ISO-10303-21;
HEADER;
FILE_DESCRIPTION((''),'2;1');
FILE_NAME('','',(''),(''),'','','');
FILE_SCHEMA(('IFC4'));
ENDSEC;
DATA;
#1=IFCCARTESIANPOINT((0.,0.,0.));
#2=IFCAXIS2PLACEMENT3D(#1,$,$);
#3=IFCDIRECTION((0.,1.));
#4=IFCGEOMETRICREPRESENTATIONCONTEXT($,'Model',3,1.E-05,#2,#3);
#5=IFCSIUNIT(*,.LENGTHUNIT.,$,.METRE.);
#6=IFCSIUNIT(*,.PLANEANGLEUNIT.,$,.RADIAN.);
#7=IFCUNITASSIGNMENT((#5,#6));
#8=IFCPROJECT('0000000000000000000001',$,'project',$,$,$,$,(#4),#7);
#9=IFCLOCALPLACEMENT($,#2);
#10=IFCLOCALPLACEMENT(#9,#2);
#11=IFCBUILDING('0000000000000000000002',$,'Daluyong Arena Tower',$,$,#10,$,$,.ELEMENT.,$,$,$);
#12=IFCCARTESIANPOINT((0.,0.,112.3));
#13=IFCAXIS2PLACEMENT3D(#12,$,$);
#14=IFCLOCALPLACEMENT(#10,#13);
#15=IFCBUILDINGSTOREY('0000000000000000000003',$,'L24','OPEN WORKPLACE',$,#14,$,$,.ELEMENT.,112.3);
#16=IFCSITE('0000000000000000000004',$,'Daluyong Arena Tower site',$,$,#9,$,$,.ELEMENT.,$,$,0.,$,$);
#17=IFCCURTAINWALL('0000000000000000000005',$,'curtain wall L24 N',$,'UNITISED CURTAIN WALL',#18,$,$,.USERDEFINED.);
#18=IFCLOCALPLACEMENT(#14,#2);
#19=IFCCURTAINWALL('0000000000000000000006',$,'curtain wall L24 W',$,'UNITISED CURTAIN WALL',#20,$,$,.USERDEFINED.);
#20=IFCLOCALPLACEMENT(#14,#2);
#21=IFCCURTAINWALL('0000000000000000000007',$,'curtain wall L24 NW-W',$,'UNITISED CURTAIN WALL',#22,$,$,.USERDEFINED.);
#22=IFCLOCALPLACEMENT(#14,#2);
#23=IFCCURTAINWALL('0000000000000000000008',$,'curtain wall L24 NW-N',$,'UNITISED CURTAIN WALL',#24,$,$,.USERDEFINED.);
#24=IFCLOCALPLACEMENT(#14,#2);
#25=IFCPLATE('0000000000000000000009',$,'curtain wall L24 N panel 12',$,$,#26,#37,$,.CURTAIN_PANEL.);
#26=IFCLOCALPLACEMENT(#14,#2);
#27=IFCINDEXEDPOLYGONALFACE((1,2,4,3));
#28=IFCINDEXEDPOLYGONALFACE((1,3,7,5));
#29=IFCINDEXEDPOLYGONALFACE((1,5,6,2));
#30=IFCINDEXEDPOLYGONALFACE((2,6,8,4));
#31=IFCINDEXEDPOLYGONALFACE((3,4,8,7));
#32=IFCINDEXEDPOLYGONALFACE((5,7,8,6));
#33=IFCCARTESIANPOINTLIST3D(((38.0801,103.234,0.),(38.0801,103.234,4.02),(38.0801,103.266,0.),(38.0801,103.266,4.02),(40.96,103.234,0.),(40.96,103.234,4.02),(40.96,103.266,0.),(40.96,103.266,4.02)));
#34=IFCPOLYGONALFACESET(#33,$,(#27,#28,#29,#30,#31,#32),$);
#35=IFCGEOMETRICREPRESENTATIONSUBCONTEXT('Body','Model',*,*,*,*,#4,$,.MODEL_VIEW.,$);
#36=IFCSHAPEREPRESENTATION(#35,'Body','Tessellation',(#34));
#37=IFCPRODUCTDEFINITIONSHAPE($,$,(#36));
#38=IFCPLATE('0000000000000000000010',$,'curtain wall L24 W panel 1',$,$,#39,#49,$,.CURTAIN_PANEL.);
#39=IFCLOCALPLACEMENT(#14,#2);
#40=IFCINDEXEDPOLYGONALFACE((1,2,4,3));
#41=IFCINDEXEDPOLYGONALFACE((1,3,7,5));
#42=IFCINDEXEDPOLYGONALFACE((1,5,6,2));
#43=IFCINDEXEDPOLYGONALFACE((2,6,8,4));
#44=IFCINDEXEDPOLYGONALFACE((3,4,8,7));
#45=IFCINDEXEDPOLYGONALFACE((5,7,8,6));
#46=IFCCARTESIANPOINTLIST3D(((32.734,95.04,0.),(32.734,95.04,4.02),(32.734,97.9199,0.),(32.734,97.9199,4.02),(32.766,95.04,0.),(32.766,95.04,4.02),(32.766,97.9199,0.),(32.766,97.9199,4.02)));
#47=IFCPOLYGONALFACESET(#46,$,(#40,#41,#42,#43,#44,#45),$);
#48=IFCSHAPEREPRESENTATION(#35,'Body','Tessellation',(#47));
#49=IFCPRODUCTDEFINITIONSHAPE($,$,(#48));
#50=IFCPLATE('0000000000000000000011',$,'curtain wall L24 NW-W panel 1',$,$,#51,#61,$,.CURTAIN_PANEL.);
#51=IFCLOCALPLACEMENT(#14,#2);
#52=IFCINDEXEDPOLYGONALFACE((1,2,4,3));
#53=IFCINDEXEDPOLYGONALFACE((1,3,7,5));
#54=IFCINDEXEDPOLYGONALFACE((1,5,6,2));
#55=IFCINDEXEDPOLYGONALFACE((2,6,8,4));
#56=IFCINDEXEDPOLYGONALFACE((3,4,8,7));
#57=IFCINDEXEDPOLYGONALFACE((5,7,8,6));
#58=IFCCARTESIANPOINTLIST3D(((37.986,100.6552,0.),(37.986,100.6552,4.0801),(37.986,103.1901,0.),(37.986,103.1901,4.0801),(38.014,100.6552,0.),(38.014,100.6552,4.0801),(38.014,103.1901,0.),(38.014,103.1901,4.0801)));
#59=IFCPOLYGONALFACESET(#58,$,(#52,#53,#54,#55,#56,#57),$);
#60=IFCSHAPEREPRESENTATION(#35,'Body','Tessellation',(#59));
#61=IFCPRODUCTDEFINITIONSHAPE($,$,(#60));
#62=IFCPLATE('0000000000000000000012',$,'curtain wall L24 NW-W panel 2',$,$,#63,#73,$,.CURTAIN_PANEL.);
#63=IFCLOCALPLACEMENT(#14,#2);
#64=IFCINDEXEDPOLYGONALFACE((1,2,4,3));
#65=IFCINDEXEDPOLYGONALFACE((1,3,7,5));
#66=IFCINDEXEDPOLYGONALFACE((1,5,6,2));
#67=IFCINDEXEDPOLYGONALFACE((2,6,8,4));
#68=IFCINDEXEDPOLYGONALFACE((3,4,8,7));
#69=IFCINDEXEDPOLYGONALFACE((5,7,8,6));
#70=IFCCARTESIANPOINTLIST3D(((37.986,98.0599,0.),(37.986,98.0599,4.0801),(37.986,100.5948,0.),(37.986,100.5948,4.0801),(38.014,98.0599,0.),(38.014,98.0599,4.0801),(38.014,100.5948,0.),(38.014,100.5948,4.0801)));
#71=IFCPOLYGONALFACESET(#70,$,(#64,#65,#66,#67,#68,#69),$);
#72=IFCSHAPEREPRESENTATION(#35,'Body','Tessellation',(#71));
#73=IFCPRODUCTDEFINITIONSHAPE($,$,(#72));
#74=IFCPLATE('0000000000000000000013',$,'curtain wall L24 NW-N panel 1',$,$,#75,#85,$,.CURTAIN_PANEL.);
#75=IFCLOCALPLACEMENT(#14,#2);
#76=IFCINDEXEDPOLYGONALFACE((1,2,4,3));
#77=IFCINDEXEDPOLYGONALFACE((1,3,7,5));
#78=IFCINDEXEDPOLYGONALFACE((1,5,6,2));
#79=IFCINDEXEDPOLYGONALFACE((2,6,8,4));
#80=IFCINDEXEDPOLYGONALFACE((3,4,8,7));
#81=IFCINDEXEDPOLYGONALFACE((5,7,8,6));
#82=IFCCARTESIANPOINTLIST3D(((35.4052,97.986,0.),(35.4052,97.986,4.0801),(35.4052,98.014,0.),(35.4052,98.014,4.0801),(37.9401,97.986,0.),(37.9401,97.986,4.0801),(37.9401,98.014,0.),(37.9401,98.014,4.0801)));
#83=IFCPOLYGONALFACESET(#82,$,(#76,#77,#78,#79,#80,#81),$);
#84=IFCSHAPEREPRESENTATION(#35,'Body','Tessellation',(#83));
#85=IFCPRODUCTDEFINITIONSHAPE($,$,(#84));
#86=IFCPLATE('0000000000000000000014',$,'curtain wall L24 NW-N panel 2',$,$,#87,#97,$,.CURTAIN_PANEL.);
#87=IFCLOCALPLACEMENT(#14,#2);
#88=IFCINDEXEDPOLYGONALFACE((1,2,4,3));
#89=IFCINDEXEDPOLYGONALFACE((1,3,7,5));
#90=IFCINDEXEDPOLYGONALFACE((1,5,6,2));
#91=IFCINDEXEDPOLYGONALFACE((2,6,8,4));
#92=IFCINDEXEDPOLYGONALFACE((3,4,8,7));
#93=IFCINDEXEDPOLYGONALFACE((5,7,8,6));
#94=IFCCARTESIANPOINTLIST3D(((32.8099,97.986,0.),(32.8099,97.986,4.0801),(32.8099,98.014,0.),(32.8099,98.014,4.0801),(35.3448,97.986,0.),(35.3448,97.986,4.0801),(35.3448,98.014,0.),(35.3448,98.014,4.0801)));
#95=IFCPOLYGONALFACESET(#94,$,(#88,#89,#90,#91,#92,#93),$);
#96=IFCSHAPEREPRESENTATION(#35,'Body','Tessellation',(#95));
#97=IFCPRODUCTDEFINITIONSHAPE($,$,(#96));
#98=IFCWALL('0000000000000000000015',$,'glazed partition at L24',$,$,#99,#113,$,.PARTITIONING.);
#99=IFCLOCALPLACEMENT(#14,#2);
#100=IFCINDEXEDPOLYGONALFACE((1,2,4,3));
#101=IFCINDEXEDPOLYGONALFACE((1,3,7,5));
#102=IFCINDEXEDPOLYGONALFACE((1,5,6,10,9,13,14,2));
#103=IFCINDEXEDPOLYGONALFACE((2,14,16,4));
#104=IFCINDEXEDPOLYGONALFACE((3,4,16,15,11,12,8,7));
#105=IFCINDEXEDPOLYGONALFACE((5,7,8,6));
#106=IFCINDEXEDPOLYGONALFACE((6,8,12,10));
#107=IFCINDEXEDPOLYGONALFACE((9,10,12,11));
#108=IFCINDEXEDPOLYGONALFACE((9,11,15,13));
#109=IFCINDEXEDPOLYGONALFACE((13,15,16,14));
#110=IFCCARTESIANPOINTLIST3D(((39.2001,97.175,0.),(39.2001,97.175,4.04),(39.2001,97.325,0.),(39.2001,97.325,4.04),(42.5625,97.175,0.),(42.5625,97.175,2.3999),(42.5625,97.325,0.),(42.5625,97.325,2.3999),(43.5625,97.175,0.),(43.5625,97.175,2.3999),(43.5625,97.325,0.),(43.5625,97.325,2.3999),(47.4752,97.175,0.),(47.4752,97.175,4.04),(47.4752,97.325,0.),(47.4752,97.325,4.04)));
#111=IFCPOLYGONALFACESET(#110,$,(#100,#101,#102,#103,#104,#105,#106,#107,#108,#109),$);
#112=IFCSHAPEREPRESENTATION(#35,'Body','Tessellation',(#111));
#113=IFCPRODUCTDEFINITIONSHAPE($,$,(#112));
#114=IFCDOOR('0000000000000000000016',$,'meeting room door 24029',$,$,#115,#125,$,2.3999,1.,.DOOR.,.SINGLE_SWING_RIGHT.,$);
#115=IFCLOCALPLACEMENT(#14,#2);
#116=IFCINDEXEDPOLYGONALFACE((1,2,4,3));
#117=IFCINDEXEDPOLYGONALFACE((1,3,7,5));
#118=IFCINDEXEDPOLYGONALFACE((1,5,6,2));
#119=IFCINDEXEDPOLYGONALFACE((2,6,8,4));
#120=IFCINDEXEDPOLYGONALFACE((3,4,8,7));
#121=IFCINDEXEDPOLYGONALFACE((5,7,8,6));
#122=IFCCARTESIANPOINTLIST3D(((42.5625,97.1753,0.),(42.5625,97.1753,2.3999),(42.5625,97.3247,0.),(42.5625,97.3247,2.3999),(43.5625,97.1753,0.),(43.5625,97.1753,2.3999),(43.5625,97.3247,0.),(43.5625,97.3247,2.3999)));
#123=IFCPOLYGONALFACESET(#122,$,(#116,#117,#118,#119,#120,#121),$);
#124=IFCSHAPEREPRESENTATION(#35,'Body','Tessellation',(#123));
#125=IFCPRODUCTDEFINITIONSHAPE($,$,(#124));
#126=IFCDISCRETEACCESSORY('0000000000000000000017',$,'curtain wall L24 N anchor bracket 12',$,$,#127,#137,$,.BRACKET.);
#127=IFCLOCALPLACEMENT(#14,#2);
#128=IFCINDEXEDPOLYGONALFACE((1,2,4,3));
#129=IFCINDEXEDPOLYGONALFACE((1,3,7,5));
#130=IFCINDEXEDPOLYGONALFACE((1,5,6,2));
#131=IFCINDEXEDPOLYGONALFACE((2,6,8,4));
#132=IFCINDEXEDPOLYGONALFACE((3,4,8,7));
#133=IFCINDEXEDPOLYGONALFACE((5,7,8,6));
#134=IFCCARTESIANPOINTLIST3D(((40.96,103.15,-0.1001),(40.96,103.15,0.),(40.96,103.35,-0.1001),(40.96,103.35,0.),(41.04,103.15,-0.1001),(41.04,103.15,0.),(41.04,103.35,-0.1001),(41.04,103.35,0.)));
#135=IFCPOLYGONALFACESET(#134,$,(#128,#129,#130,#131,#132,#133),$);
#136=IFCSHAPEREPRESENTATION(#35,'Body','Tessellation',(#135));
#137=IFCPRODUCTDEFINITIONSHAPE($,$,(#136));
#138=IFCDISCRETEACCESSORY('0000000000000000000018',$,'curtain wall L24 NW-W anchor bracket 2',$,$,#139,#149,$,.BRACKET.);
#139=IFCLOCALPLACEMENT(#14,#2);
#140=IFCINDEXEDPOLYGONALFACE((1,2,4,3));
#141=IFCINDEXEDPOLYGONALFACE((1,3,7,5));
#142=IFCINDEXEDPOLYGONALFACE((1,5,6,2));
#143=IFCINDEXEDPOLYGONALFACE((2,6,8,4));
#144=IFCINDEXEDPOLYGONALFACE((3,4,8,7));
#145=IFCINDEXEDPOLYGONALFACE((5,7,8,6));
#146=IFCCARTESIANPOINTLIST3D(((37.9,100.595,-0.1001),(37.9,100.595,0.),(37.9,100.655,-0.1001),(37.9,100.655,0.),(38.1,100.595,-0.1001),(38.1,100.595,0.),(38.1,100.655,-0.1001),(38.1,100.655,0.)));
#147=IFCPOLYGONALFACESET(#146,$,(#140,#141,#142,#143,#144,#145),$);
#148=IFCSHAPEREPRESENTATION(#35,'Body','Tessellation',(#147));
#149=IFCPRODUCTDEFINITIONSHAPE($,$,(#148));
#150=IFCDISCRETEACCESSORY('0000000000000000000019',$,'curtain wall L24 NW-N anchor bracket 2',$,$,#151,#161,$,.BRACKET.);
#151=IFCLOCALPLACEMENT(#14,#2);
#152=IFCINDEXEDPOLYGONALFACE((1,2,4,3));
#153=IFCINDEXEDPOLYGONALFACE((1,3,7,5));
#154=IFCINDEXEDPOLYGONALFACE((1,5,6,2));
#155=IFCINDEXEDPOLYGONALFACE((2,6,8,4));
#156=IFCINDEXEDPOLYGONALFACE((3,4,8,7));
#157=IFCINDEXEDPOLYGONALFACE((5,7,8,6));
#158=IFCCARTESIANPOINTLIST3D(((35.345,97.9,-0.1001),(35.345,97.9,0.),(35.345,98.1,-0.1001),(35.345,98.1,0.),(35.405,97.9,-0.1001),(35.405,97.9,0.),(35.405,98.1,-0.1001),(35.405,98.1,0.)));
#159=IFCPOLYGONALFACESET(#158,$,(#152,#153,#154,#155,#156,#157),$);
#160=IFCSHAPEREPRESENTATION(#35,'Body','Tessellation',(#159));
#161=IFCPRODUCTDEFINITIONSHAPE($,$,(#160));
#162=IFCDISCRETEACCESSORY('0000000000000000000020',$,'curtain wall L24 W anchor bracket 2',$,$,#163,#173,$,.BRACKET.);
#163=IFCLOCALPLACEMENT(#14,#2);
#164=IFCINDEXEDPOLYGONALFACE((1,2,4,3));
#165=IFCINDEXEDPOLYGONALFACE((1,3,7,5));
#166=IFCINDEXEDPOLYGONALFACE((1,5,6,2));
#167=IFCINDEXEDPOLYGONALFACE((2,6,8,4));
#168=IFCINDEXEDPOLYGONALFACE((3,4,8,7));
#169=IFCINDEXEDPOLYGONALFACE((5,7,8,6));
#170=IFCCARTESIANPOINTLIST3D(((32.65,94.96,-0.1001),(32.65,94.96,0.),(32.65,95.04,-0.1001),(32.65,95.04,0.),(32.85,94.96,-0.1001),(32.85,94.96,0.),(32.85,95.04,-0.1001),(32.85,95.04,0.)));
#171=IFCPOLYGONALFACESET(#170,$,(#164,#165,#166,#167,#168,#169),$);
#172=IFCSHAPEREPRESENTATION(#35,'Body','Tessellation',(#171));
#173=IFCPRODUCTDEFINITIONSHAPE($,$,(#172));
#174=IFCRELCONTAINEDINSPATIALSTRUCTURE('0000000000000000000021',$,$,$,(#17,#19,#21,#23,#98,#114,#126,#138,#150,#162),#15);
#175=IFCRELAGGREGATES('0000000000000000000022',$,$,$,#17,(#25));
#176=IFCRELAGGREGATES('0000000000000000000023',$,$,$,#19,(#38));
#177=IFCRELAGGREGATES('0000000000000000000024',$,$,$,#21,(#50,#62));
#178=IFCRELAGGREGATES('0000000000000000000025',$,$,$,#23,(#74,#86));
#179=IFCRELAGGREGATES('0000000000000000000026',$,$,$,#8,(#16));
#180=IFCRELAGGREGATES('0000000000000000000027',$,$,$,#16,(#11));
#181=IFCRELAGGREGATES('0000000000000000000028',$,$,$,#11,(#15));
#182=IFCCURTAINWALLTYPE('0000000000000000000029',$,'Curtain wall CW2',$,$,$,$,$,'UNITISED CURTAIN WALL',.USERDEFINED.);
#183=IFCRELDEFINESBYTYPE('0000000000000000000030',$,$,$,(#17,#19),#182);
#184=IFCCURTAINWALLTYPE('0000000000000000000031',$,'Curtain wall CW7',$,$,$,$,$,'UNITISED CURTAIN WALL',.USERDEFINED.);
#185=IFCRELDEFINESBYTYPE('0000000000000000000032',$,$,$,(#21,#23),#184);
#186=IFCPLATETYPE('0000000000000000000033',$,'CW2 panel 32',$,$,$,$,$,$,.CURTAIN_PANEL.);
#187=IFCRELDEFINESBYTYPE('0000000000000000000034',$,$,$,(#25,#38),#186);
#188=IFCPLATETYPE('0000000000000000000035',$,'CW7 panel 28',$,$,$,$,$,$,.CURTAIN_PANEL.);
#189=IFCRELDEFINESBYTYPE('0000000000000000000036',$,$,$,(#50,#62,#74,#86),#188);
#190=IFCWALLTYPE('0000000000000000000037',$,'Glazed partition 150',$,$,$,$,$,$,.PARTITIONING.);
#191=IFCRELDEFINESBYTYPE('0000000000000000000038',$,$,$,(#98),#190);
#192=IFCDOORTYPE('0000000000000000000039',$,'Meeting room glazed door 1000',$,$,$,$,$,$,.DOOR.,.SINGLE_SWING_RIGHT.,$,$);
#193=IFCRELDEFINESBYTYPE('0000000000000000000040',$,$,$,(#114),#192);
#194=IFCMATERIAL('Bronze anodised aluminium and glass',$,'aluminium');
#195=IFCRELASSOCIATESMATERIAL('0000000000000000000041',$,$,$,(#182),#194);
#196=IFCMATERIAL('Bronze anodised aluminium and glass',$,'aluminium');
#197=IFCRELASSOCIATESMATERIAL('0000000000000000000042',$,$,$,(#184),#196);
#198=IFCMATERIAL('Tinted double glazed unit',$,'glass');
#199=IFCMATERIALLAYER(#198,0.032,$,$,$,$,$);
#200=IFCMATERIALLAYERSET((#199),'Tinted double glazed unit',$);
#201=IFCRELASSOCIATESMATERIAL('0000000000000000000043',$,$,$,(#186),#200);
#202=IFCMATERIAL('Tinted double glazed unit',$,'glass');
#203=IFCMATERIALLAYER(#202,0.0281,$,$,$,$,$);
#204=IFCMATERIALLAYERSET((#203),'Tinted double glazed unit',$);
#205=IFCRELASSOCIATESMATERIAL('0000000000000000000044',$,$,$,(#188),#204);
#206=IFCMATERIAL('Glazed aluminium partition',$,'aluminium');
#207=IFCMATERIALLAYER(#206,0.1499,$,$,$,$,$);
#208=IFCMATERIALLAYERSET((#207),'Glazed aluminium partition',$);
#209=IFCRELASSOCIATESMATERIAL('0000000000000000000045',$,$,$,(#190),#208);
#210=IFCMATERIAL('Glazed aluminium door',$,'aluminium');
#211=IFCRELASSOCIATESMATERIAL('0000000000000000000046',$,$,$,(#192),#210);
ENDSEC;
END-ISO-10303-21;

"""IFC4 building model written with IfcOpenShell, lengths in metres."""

from ifc_helpers import new_model, si_unit, direction, frame, frame_2d, origin, origin_2d, place, context, subcontext, project, spatial, rectangle, extrude, material, layer, layer_set, type_object, element, fill, aggregate, save


model = new_model("IFC4")

# Units and contexts
model_context = context("Model", 3, precision=1e-05, world=origin(), true_north=direction((0.0, 1.0)))
body_context = subcontext(model_context, "Body", "Model", "MODEL_VIEW")
ifc_project = project(units=[si_unit("LENGTHUNIT", "METRE"), si_unit("PLANEANGLEUNIT", "RADIAN")], contexts=[model_context])

# Site, building, storey
site_placement = place(None, origin())
site = spatial("IfcSite", under=ifc_project, at=site_placement, Name="Daluyong Arena Tower site", CompositionType="ELEMENT", RefElevation=0.0)
building_placement = place(site_placement, origin())
building = spatial("IfcBuilding", under=site, at=building_placement, Name="Daluyong Arena Tower", CompositionType="ELEMENT")
storey_placement = place(building_placement, frame((0.0, 0.0, 112.3)))
storey = spatial("IfcBuildingStorey", under=building, at=storey_placement, Name="L24", Description="OPEN WORKPLACE", CompositionType="ELEMENT", Elevation=112.3)

# Curtain walls
ifc_material_1 = material(Name="Bronze anodised aluminium and glass", Category="aluminium")
curtain_wall_type_1 = type_object("IfcCurtainWallType", Name="Curtain wall CW2", ElementType="UNITISED CURTAIN WALL", PredefinedType="USERDEFINED", material=ifc_material_1)
curtain_wall_1_placement = place(storey_placement, origin())
curtain_wall_1 = element("IfcCurtainWall", 1, at=curtain_wall_1_placement, inside=storey, type_object=curtain_wall_type_1, Name="curtain wall L24 N", ObjectType="UNITISED CURTAIN WALL", PredefinedType="USERDEFINED")
curtain_wall_2_placement = place(storey_placement, origin())
curtain_wall_2 = element("IfcCurtainWall", 2, at=curtain_wall_2_placement, inside=storey, type_object=curtain_wall_type_1, Name="curtain wall L24 W", ObjectType="UNITISED CURTAIN WALL", PredefinedType="USERDEFINED")

# Curtain walls
ifc_material_2 = material(Name="Bronze anodised aluminium and glass", Category="aluminium")
curtain_wall_type_2 = type_object("IfcCurtainWallType", Name="Curtain wall CW7", ElementType="UNITISED CURTAIN WALL", PredefinedType="USERDEFINED", material=ifc_material_2)
curtain_wall_3_placement = place(storey_placement, origin())
curtain_wall_3 = element("IfcCurtainWall", 3, at=curtain_wall_3_placement, inside=storey, type_object=curtain_wall_type_2, Name="curtain wall L24 NW-W", ObjectType="UNITISED CURTAIN WALL", PredefinedType="USERDEFINED")
curtain_wall_4_placement = place(storey_placement, origin())
curtain_wall_4 = element("IfcCurtainWall", 4, at=curtain_wall_4_placement, inside=storey, type_object=curtain_wall_type_2, Name="curtain wall L24 NW-N", ObjectType="UNITISED CURTAIN WALL", PredefinedType="USERDEFINED")

# Plates
ifc_material_3 = material(Name="Tinted double glazed unit", Category="glass")
ifc_layer_1 = layer(ifc_material_3, 0.032)
ifc_layer_set_1 = layer_set([ifc_layer_1], Name="Tinted double glazed unit")
plate_type_1 = type_object("IfcPlateType", Name="CW2 panel 32", PredefinedType="CURTAIN_PANEL", material=ifc_layer_set_1)
plate_1_placement = place(storey_placement, frame((39.52, 103.25, 0.0), z_axis=(0.0, 0.0, 1.0), x_axis=(-1.0, 0.0, 0.0)))
plate_1 = element("IfcPlate", 5, at=plate_1_placement, type_object=plate_type_1, Name="curtain wall L24 N panel 12", PredefinedType="CURTAIN_PANEL", context=body_context, shape_type="SweptSolid", body=[
    extrude(rectangle(XDim=2.8799, YDim=0.032, at=origin_2d()), origin(), (0.0, 0.0, 1.0), 4.02),
])
aggregate(curtain_wall_1, [plate_1])
plate_2_placement = place(storey_placement, frame((32.75, 96.48, 0.0), z_axis=(0.0, 0.0, 1.0), x_axis=(0.0, -1.0, 0.0)))
plate_2 = element("IfcPlate", 6, at=plate_2_placement, type_object=plate_type_1, Name="curtain wall L24 W panel 1", PredefinedType="CURTAIN_PANEL", context=body_context, shape_type="SweptSolid", body=[
    extrude(rectangle(XDim=2.8799, YDim=0.032, at=origin_2d()), origin(), (0.0, 0.0, 1.0), 4.02),
])
aggregate(curtain_wall_2, [plate_2])
ifc_material_4 = material(Name="Tinted double glazed unit", Category="glass")
ifc_layer_2 = layer(ifc_material_4, 0.0281)
ifc_layer_set_2 = layer_set([ifc_layer_2], Name="Tinted double glazed unit")
plate_type_2 = type_object("IfcPlateType", Name="CW7 panel 28", PredefinedType="CURTAIN_PANEL", material=ifc_layer_set_2)
plate_3_placement = place(storey_placement, frame((38.0, 101.9226, 0.0), z_axis=(0.0, 0.0, 1.0), x_axis=(0.0, -1.0, 0.0)))
plate_3 = element("IfcPlate", 7, at=plate_3_placement, type_object=plate_type_2, Name="curtain wall L24 NW-W panel 1", PredefinedType="CURTAIN_PANEL", context=body_context, shape_type="SweptSolid", body=[
    extrude(rectangle(XDim=2.5349, YDim=0.0281, at=origin_2d()), origin(), (0.0, 0.0, 1.0), 4.0801),
])
plate_4_placement = place(storey_placement, frame((38.0, 99.3274, 0.0), z_axis=(0.0, 0.0, 1.0), x_axis=(0.0, -1.0, 0.0)))
plate_4 = element("IfcPlate", 8, at=plate_4_placement, type_object=plate_type_2, Name="curtain wall L24 NW-W panel 2", PredefinedType="CURTAIN_PANEL", context=body_context, shape_type="SweptSolid", body=[
    extrude(rectangle(XDim=2.5349, YDim=0.0281, at=origin_2d()), origin(), (0.0, 0.0, 1.0), 4.0801),
])
aggregate(curtain_wall_3, [plate_3, plate_4])
plate_5_placement = place(storey_placement, frame((36.6726, 98.0, 0.0), z_axis=(0.0, 0.0, 1.0), x_axis=(-1.0, 0.0, 0.0)))
plate_5 = element("IfcPlate", 9, at=plate_5_placement, type_object=plate_type_2, Name="curtain wall L24 NW-N panel 1", PredefinedType="CURTAIN_PANEL", context=body_context, shape_type="SweptSolid", body=[
    extrude(rectangle(XDim=2.5349, YDim=0.0281, at=origin_2d()), origin(), (0.0, 0.0, 1.0), 4.0801),
])
plate_6_placement = place(storey_placement, frame((34.0774, 98.0, 0.0), z_axis=(0.0, 0.0, 1.0), x_axis=(-1.0, 0.0, 0.0)))
plate_6 = element("IfcPlate", 10, at=plate_6_placement, type_object=plate_type_2, Name="curtain wall L24 NW-N panel 2", PredefinedType="CURTAIN_PANEL", context=body_context, shape_type="SweptSolid", body=[
    extrude(rectangle(XDim=2.5349, YDim=0.0281, at=origin_2d()), origin(), (0.0, 0.0, 1.0), 4.0801),
])
aggregate(curtain_wall_4, [plate_5, plate_6])

# Wall, opening, door
ifc_material_5 = material(Name="Glazed aluminium partition", Category="aluminium")
ifc_layer_3 = layer(ifc_material_5, 0.1499)
ifc_layer_set_3 = layer_set([ifc_layer_3], Name="Glazed aluminium partition")
wall_type = type_object("IfcWallType", Name="Glazed partition 150", PredefinedType="PARTITIONING", material=ifc_layer_set_3)
wall_placement = place(storey_placement, frame((39.2, 97.25, 0.0), z_axis=(0.0, 0.0, 1.0), x_axis=(1.0, 0.0, 0.0)))
wall = element("IfcWall", 11, at=wall_placement, inside=storey, type_object=wall_type, Name="glazed partition at L24", PredefinedType="PARTITIONING", context=body_context, shape_type="SweptSolid", body=[
    extrude(rectangle(XDim=8.2751, YDim=0.1499, at=frame_2d((4.1377, 0.0))), origin(), (0.0, 0.0, 1.0), 4.04),
])
opening_placement = place(wall_placement, frame((3.3625, 0.0, 0.0)))
opening = element("IfcOpeningElement", 12, at=opening_placement, cuts=wall, PredefinedType="OPENING", context=body_context, shape_type="SweptSolid", body=[
    extrude(rectangle(XDim=1.0, YDim=2.3999, at=frame_2d((0.5, 1.2))), frame((0.0, 0.085, 0.0), z_axis=(0.0, -1.0, 0.0), x_axis=(1.0, 0.0, 0.0)), (0.0, 0.0, 1.0), 0.1699),
])
ifc_material_6 = material(Name="Glazed aluminium door", Category="aluminium")
door_type = type_object("IfcDoorType", Name="Meeting room glazed door 1000", OperationType="SINGLE_SWING_RIGHT", PredefinedType="DOOR", material=ifc_material_6)
door_placement = place(opening_placement, origin())
door = element("IfcDoor", 13, at=door_placement, inside=storey, type_object=door_type, Name="meeting room door 24029", OperationType="SINGLE_SWING_RIGHT", OverallHeight=2.3999, OverallWidth=1.0, PredefinedType="DOOR", context=body_context, shape_type="SweptSolid", body=[
    extrude(rectangle(XDim=1.0, YDim=2.3999, at=frame_2d((0.5, 1.2))), frame((0.0, 0.0747, 0.0), z_axis=(0.0, -1.0, 0.0), x_axis=(1.0, 0.0, 0.0)), (0.0, 0.0, 1.0), 0.1494),
])
fill(opening, door)

# Discrete accessories
discrete_accessory_1_placement = place(storey_placement, frame((41.0, 103.25, -0.1001), z_axis=(0.0, 0.0, 1.0), x_axis=(-1.0, 0.0, 0.0)))
element("IfcDiscreteAccessory", 14, at=discrete_accessory_1_placement, inside=storey, Name="curtain wall L24 N anchor bracket 12", PredefinedType="BRACKET", context=body_context, shape_type="SweptSolid", body=[
    extrude(rectangle(XDim=0.0801, YDim=0.2, at=origin_2d()), origin(), (0.0, 0.0, 1.0), 0.1001),
])
for number, where, z_axis, x_axis, name in (
    (15, (38.0, 100.625, -0.1001), (0.0, 0.0, 1.0), (0.0, -1.0, 0.0), "curtain wall L24 NW-W anchor bracket 2"),
    (16, (35.375, 98.0, -0.1001), (0.0, 0.0, 1.0), (-1.0, 0.0, 0.0), "curtain wall L24 NW-N anchor bracket 2"),
):
    element("IfcDiscreteAccessory", number, at=place(storey_placement, frame(where, z_axis=z_axis, x_axis=x_axis)), inside=storey, Name=name, PredefinedType="BRACKET", context=body_context, shape_type="SweptSolid", body=[
        extrude(rectangle(XDim=0.0601, YDim=0.2, at=origin_2d()), origin(), (0.0, 0.0, 1.0), 0.1001),
    ])
discrete_accessory_2_placement = place(storey_placement, frame((32.75, 95.0, -0.1001), z_axis=(0.0, 0.0, 1.0), x_axis=(0.0, -1.0, 0.0)))
element("IfcDiscreteAccessory", 17, at=discrete_accessory_2_placement, inside=storey, Name="curtain wall L24 W anchor bracket 2", PredefinedType="BRACKET", context=body_context, shape_type="SweptSolid", body=[
    extrude(rectangle(XDim=0.0801, YDim=0.2, at=origin_2d()), origin(), (0.0, 0.0, 1.0), 0.1001),
])

save(model, "model.ifc")
